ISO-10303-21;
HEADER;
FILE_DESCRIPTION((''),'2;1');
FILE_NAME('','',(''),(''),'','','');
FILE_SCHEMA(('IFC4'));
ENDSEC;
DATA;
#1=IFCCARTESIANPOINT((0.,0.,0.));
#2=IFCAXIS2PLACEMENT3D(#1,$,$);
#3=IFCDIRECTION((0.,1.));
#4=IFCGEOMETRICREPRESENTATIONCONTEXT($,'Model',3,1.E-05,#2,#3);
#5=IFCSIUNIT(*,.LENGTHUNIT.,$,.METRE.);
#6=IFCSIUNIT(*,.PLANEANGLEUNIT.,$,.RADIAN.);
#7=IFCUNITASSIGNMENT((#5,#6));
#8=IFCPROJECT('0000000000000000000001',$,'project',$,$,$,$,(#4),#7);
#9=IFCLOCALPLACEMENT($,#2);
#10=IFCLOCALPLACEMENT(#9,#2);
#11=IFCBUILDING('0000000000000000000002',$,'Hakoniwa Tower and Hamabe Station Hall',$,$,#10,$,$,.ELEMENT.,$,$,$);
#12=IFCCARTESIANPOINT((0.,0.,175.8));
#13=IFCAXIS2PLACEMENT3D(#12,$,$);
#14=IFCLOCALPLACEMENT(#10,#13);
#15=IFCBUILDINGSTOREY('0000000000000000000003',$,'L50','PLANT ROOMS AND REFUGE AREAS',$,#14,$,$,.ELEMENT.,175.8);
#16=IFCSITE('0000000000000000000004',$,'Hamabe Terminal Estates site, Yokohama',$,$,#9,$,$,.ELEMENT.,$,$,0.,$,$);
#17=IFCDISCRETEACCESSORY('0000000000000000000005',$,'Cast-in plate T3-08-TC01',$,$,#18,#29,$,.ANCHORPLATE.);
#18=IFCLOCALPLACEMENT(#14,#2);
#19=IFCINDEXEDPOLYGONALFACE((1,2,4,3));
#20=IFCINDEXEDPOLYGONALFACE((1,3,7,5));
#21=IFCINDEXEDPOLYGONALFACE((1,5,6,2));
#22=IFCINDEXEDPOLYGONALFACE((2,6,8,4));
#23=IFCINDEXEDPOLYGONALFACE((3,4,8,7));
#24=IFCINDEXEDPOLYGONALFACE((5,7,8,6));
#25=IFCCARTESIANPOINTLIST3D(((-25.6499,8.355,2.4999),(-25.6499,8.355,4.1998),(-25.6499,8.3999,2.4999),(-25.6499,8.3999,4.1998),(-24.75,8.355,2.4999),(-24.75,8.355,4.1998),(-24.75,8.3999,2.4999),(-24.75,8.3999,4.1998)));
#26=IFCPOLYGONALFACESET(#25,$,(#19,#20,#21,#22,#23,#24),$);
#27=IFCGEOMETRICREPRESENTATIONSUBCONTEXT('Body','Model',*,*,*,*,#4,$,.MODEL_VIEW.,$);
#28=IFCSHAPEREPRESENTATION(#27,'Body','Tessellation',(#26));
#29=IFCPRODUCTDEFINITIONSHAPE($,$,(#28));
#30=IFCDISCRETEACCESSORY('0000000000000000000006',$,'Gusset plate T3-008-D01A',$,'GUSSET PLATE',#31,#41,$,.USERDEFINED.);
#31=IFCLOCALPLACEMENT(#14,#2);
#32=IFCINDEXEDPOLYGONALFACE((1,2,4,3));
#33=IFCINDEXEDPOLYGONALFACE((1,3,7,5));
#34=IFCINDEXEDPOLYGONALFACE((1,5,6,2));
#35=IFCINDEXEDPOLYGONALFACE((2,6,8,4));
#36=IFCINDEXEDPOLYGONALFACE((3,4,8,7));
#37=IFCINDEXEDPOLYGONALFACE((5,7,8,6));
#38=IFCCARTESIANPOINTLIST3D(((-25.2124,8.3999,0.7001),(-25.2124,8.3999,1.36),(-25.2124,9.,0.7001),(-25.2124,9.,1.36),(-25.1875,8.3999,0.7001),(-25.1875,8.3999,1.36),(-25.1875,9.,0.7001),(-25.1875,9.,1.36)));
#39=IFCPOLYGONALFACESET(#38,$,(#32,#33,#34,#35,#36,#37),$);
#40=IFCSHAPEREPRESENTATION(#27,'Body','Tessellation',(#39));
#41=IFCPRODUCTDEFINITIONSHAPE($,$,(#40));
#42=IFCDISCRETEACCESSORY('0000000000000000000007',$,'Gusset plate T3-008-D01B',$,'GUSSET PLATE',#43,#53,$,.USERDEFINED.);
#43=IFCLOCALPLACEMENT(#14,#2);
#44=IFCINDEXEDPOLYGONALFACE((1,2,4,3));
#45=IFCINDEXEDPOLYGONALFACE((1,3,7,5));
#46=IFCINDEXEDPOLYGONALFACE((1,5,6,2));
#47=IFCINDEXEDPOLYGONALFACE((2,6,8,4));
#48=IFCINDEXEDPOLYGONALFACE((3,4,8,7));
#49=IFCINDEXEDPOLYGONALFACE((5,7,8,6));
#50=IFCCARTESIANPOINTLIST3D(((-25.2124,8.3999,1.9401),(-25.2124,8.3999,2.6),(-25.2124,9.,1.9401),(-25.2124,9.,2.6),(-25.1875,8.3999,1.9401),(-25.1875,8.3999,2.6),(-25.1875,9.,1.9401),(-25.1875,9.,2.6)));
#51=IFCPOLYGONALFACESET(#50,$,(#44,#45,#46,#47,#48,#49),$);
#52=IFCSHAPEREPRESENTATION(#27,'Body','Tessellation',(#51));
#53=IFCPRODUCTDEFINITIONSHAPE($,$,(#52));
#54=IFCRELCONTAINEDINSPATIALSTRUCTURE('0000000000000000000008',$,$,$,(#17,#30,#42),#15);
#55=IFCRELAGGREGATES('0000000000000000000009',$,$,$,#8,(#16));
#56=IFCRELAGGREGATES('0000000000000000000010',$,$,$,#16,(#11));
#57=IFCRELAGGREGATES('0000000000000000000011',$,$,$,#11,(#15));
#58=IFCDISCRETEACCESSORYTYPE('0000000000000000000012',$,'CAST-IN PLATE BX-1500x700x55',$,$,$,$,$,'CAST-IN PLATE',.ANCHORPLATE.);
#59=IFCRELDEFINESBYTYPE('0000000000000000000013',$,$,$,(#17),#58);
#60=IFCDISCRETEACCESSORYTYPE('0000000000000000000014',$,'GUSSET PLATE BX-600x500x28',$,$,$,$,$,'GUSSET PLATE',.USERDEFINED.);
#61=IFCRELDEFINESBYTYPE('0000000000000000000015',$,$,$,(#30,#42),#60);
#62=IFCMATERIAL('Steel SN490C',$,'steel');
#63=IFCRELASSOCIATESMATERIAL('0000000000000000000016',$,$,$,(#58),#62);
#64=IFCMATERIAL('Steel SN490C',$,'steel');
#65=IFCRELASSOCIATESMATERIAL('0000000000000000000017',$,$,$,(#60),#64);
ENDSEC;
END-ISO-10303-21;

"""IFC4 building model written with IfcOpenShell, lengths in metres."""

from ifc_helpers import new_model, si_unit, direction, frame, origin, origin_2d, place, context, subcontext, project, spatial, rectangle, extrude, material, material_profile, profile_set, type_object, element, save


model = new_model("IFC4")

# Units and contexts
model_context = context("Model", 3, precision=1e-05, world=origin(), true_north=direction((0.0, 1.0)))
body_context = subcontext(model_context, "Body", "Model", "MODEL_VIEW")
ifc_project = project(units=[si_unit("LENGTHUNIT", "METRE"), si_unit("PLANEANGLEUNIT", "RADIAN")], contexts=[model_context])

# Site, building, storey
site_placement = place(None, origin())
site = spatial("IfcSite", under=ifc_project, at=site_placement, Name="Hamabe Terminal Estates site, Yokohama", CompositionType="ELEMENT", RefElevation=0.0)
building_placement = place(site_placement, origin())
building = spatial("IfcBuilding", under=site, at=building_placement, Name="Hakoniwa Tower and Hamabe Station Hall", CompositionType="ELEMENT")
storey_placement = place(building_placement, frame((0.0, 0.0, 175.8)))
storey = spatial("IfcBuildingStorey", under=building, at=storey_placement, Name="L50", Description="PLANT ROOMS AND REFUGE AREAS", CompositionType="ELEMENT", Elevation=175.8)

# Discrete accessories
ifc_material_1 = material(Name="Steel SN490C", Category="steel")
ifc_material_profile_1 = material_profile(ifc_material_1, rectangle(XDim=0.8999, YDim=1.7, at=origin_2d()), Name="CAST-IN PLATE BX-1500x700x55")
ifc_profile_set_1 = profile_set([ifc_material_profile_1], Name="Steel SN490C")
discrete_accessory_type_1 = type_object("IfcDiscreteAccessoryType", Name="CAST-IN PLATE BX-1500x700x55", ElementType="CAST-IN PLATE", PredefinedType="ANCHORPLATE", material=ifc_profile_set_1)
discrete_accessory_1_placement = place(storey_placement, frame((-25.2, 8.355, 3.3499), z_axis=(0.0, 1.0, 0.0), x_axis=(-1.0, 0.0, 0.0)))
element("IfcDiscreteAccessory", 1, at=discrete_accessory_1_placement, inside=storey, type_object=discrete_accessory_type_1, Name="Cast-in plate T3-08-TC01", PredefinedType="ANCHORPLATE", context=body_context, shape_type="SweptSolid", body=[
    extrude(rectangle(XDim=0.8999, YDim=1.7, at=origin_2d()), origin(), (0.0, 0.0, 1.0), 0.0449),
])
ifc_material_2 = material(Name="Steel SN490C", Category="steel")
ifc_material_profile_2 = material_profile(ifc_material_2, rectangle(XDim=0.6001, YDim=0.6599, at=origin_2d()), Name="GUSSET PLATE BX-600x500x28")
ifc_profile_set_2 = profile_set([ifc_material_profile_2], Name="Steel SN490C")
discrete_accessory_type_2 = type_object("IfcDiscreteAccessoryType", Name="GUSSET PLATE BX-600x500x28", ElementType="GUSSET PLATE", PredefinedType="USERDEFINED", material=ifc_profile_set_2)
for number, where, z_axis, x_axis, name in (
    (2, (-25.1875, 8.7, 1.03), (-1.0, 0.0, 0.0), (0.0, -1.0, 0.0), "Gusset plate T3-008-D01A"),
    (3, (-25.1875, 8.7, 2.27), (-1.0, 0.0, 0.0), (0.0, -1.0, 0.0), "Gusset plate T3-008-D01B"),
):
    element("IfcDiscreteAccessory", number, at=place(storey_placement, frame(where, z_axis=z_axis, x_axis=x_axis)), inside=storey, type_object=discrete_accessory_type_2, Name=name, ObjectType="GUSSET PLATE", PredefinedType="USERDEFINED", context=body_context, shape_type="SweptSolid", body=[
        extrude(rectangle(XDim=0.6001, YDim=0.6599, at=origin_2d()), origin(), (0.0, 0.0, 1.0), 0.0249),
    ])

save(model, "model.ifc")
